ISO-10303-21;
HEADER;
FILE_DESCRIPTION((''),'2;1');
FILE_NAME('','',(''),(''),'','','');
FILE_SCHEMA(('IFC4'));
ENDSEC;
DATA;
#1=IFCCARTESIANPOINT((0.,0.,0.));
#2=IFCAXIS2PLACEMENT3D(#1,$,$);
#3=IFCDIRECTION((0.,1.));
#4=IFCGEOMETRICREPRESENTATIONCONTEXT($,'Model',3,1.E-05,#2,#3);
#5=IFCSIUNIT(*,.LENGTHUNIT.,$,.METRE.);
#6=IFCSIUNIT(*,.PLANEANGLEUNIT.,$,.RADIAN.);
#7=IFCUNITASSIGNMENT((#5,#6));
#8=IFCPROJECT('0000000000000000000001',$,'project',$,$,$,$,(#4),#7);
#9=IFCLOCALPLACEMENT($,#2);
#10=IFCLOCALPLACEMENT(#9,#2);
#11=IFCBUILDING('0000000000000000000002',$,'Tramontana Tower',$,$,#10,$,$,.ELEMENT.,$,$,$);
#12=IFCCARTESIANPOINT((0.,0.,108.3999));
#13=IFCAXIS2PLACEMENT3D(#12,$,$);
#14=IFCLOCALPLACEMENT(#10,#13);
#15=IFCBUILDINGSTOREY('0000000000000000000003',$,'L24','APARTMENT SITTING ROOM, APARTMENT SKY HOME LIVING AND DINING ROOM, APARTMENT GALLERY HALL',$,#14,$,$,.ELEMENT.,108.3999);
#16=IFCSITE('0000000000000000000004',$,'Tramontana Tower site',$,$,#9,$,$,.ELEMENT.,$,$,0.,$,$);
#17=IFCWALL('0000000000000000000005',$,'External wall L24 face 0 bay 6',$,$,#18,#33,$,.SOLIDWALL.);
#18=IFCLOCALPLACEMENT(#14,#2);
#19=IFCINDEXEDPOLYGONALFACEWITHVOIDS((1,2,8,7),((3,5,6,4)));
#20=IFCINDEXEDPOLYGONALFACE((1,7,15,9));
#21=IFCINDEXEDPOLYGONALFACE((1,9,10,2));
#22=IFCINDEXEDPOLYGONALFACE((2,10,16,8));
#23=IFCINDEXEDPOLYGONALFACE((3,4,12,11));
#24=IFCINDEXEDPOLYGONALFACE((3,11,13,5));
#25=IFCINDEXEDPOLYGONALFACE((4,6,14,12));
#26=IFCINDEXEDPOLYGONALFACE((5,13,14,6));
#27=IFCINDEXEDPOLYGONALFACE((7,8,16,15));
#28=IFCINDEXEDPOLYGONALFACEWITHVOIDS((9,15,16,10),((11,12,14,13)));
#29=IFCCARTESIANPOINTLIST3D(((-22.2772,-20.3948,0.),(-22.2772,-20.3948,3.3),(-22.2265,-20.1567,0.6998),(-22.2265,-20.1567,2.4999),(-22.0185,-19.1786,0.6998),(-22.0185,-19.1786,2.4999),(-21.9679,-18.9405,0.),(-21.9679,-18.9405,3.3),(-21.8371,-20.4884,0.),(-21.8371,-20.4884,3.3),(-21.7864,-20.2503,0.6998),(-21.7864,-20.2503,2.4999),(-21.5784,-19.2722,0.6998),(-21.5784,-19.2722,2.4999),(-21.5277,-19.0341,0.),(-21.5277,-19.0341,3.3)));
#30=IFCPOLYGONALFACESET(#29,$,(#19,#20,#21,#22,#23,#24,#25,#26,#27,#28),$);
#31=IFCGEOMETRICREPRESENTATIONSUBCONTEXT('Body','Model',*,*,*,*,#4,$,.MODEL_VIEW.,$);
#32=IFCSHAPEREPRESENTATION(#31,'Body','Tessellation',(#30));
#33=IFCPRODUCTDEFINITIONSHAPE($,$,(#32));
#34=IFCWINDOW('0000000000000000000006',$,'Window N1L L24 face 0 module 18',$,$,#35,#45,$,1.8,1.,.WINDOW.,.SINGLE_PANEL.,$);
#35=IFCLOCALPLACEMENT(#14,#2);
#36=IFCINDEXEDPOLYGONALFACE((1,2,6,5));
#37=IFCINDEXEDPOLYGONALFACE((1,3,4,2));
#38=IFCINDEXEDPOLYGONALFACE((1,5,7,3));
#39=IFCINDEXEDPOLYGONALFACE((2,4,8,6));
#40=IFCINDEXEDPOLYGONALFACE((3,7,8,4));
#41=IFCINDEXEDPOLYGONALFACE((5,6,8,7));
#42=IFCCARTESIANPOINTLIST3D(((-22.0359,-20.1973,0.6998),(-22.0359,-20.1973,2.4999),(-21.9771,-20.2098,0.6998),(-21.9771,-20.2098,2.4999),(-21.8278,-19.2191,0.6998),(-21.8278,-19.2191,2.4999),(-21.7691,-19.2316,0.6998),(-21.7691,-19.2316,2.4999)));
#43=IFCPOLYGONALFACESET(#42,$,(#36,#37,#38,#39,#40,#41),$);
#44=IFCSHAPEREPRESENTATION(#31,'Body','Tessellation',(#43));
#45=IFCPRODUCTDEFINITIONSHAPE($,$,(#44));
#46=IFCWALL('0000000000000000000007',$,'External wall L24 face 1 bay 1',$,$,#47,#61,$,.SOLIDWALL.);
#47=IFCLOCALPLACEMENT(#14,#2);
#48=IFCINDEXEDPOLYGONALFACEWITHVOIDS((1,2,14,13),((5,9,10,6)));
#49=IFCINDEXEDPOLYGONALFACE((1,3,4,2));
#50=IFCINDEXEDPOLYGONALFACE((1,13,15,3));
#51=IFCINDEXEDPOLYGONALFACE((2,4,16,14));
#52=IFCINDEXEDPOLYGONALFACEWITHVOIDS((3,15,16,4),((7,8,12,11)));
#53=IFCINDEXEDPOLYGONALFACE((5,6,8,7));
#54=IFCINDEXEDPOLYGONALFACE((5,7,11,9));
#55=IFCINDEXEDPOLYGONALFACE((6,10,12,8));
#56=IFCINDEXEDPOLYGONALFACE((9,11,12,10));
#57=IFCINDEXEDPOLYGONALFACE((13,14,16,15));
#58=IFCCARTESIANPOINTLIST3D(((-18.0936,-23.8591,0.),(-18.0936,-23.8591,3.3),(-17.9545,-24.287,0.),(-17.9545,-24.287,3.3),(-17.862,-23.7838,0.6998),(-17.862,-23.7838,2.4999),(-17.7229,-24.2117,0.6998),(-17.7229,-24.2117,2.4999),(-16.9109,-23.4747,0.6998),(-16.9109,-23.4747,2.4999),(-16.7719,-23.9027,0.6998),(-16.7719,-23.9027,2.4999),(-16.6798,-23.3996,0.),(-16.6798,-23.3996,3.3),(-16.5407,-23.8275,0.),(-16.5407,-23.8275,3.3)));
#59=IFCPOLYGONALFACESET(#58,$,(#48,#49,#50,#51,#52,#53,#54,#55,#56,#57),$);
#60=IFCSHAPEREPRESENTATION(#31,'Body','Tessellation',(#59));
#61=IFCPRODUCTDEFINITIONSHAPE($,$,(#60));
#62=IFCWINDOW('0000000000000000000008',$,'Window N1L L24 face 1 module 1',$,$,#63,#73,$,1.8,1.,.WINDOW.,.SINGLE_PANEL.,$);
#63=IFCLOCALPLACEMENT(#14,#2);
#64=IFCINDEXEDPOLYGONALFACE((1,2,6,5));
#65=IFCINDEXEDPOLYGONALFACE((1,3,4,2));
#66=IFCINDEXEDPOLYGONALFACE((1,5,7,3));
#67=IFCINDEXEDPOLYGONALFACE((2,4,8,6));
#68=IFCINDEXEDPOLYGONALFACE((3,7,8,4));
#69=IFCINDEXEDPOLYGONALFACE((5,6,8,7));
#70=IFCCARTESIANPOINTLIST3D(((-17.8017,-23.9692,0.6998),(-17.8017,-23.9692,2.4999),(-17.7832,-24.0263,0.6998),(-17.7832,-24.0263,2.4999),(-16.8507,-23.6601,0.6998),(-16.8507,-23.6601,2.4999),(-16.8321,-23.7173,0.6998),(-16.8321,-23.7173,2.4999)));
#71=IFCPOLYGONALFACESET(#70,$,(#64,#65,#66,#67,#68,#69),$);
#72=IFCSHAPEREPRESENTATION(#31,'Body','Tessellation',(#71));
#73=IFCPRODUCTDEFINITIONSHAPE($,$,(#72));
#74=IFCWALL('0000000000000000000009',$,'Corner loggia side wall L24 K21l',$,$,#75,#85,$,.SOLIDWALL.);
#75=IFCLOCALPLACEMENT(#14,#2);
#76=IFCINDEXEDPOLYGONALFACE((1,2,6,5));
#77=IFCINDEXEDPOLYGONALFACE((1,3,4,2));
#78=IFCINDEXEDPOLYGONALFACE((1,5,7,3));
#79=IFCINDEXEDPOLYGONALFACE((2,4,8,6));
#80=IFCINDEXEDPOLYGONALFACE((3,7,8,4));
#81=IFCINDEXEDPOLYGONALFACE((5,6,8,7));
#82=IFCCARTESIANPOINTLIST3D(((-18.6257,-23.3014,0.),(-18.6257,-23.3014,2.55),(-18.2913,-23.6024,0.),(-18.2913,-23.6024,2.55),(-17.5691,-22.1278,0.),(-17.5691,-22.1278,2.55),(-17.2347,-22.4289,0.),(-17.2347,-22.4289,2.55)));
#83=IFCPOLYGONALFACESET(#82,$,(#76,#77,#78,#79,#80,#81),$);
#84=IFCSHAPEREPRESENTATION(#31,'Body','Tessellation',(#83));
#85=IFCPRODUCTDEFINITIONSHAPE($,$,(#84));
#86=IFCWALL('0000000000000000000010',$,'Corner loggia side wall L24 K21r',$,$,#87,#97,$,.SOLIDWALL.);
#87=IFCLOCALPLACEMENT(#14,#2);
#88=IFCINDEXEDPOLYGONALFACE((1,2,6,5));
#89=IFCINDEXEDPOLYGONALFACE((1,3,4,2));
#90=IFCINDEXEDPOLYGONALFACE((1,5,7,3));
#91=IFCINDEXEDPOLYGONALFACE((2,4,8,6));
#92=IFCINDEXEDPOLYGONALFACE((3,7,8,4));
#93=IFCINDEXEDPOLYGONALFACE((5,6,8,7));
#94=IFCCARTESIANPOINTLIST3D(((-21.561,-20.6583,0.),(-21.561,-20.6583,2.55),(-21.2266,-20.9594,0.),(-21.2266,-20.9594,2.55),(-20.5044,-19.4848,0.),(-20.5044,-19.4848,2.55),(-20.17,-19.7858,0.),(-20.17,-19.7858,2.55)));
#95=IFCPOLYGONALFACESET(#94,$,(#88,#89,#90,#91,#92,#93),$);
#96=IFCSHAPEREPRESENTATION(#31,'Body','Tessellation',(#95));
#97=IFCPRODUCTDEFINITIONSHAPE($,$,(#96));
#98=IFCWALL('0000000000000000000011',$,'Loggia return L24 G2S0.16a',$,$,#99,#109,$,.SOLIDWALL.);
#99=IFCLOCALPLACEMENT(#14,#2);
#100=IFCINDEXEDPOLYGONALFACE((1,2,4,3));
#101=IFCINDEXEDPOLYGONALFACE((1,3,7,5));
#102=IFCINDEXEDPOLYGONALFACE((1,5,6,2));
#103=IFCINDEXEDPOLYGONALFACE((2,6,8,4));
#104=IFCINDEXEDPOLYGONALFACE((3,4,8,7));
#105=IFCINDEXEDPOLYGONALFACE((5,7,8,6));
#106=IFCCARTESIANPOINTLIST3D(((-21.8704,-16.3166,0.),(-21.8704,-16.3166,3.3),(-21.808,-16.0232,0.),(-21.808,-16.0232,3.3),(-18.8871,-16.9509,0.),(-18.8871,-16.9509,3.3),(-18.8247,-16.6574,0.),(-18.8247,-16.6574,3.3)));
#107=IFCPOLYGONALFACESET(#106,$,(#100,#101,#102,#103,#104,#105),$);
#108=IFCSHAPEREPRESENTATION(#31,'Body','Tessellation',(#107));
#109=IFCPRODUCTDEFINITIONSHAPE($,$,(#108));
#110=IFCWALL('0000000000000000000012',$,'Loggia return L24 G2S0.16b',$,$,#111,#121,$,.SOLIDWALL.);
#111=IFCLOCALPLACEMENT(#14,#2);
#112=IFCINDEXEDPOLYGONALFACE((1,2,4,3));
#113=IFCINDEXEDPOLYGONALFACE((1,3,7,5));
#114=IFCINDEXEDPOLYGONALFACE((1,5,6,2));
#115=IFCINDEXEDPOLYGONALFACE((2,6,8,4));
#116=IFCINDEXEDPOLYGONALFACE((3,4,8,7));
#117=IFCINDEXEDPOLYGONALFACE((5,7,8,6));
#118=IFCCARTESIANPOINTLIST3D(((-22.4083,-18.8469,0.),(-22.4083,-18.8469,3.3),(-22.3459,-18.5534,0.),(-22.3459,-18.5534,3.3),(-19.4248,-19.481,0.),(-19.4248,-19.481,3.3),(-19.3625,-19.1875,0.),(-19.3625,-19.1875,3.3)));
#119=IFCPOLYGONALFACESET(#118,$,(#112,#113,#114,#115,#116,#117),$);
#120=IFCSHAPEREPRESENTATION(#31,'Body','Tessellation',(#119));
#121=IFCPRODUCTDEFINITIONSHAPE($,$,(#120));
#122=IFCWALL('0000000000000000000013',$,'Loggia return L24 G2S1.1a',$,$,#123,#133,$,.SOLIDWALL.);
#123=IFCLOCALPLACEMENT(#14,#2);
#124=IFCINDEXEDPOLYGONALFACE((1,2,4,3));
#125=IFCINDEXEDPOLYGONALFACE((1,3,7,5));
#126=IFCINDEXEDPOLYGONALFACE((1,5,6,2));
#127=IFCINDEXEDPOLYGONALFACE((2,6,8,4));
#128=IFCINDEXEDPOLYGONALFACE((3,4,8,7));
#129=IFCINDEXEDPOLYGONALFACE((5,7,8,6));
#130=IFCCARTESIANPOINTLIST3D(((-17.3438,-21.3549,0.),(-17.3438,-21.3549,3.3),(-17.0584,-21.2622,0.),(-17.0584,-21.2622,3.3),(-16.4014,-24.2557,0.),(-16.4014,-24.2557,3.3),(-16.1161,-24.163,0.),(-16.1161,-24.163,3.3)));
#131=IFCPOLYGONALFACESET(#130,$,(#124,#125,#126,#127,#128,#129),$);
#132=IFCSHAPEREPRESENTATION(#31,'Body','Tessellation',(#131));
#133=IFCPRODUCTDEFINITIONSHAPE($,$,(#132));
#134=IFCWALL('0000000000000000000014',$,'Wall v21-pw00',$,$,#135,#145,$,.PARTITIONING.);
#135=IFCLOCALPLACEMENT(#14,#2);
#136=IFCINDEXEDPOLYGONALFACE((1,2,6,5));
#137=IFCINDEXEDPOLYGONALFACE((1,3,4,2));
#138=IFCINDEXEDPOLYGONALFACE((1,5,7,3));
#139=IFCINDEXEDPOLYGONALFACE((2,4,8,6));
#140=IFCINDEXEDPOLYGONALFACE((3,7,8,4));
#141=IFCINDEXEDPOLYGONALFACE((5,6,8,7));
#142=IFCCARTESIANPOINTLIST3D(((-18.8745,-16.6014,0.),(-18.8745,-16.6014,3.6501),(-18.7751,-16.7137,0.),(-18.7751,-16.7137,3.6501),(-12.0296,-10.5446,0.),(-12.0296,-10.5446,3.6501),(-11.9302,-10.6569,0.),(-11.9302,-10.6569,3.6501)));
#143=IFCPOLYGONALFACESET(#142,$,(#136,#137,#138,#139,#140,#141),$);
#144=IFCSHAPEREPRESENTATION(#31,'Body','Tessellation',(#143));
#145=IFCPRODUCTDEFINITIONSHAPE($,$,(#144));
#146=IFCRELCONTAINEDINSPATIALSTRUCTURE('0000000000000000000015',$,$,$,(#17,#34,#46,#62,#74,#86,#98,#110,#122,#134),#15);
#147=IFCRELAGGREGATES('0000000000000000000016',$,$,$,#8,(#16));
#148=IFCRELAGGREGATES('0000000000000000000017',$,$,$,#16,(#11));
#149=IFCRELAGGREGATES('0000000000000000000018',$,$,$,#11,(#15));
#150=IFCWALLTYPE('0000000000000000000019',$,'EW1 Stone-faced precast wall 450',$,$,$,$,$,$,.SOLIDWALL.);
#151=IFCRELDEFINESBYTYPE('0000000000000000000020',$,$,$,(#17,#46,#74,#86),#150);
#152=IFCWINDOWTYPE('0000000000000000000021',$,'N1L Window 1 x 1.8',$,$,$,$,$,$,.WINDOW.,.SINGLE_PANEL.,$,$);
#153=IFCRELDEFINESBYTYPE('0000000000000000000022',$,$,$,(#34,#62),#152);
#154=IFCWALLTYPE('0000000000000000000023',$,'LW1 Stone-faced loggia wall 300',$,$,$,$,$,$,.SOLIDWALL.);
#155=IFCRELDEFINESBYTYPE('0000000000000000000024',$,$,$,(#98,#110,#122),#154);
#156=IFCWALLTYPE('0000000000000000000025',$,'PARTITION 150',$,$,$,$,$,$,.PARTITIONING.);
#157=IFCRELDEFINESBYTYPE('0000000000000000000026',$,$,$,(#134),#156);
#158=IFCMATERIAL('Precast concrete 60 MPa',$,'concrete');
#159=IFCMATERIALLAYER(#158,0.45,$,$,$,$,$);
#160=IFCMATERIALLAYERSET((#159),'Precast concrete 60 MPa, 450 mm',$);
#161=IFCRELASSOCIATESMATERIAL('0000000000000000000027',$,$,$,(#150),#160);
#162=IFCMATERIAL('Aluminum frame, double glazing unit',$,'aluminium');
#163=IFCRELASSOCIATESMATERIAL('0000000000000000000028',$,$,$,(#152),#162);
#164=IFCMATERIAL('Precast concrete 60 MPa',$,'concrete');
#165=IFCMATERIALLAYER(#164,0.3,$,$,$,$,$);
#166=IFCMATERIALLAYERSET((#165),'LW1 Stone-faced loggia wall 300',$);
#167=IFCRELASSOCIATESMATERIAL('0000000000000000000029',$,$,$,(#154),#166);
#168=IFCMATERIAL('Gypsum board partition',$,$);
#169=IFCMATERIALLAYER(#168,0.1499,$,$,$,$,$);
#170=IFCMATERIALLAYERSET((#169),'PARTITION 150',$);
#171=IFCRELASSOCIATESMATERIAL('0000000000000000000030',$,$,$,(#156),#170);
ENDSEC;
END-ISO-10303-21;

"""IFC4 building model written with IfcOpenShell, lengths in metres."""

from ifc_helpers import new_model, si_unit, direction, frame, frame_2d, origin, place, context, subcontext, project, spatial, rectangle, extrude, material, layer, layer_set, type_object, element, fill, save


model = new_model("IFC4")

# Units and contexts
model_context = context("Model", 3, precision=1e-05, world=origin(), true_north=direction((0.0, 1.0)))
body_context = subcontext(model_context, "Body", "Model", "MODEL_VIEW")
ifc_project = project(units=[si_unit("LENGTHUNIT", "METRE"), si_unit("PLANEANGLEUNIT", "RADIAN")], contexts=[model_context])

# Site, building, storey
site_placement = place(None, origin())
site = spatial("IfcSite", under=ifc_project, at=site_placement, Name="Tramontana Tower site", CompositionType="ELEMENT", RefElevation=0.0)
building_placement = place(site_placement, origin())
building = spatial("IfcBuilding", under=site, at=building_placement, Name="Tramontana Tower", CompositionType="ELEMENT")
storey_placement = place(building_placement, frame((0.0, 0.0, 108.3999)))
storey = spatial("IfcBuildingStorey", under=building, at=storey_placement, Name="L24", Description="APARTMENT SITTING ROOM, APARTMENT SKY HOME LIVING AND DINING ROOM, APARTMENT GALLERY HALL", CompositionType="ELEMENT", Elevation=108.3999)

# Walls, openings, windows
ifc_material_1 = material(Name="Precast concrete 60 MPa", Category="concrete")
ifc_layer_1 = layer(ifc_material_1, 0.45)
ifc_layer_set_1 = layer_set([ifc_layer_1], Name="Precast concrete 60 MPa, 450 mm")
wall_type_1 = type_object("IfcWallType", Name="EW1 Stone-faced precast wall 450", PredefinedType="SOLIDWALL", material=ifc_layer_set_1)
wall_1_placement = place(storey_placement, frame((-21.7478, -18.9873, 0.0), z_axis=(0.0, 0.0, 1.0), x_axis=(-0.208037, -0.978121, 0.0)))
wall_1 = element("IfcWall", 1, at=wall_1_placement, inside=storey, type_object=wall_type_1, Name="External wall L24 face 0 bay 6", PredefinedType="SOLIDWALL", context=body_context, shape_type="SweptSolid", body=[
    extrude(rectangle(XDim=1.4868, YDim=0.45, at=frame_2d((0.7434, 0.0))), origin(), (0.0, 0.0, 1.0), 3.3),
])
opening_1_placement = place(wall_1_placement, frame((0.2434, 0.0, 0.7)))
opening_1 = element("IfcOpeningElement", 2, at=opening_1_placement, cuts=wall_1, PredefinedType="OPENING", context=body_context, shape_type="SweptSolid", body=[
    extrude(rectangle(XDim=1.0, YDim=1.8, at=frame_2d((0.5, 0.8999))), frame((0.0, 0.2349, 0.0), z_axis=(0.0, -1.0, 0.0), x_axis=(1.0, 0.0, 0.0)), (0.0, 0.0, 1.0), 0.47),
])
ifc_material_2 = material(Name="Aluminum frame, double glazing unit", Category="aluminium")
window_type_1 = type_object("IfcWindowType", Name="N1L Window 1 x 1.8", PartitioningType="SINGLE_PANEL", PredefinedType="WINDOW", material=ifc_material_2)
window_1_placement = place(opening_1_placement, origin())
window_1 = element("IfcWindow", 3, at=window_1_placement, inside=storey, type_object=window_type_1, Name="Window N1L L24 face 0 module 18", OverallHeight=1.8, OverallWidth=1.0, PartitioningType="SINGLE_PANEL", PredefinedType="WINDOW", context=body_context, shape_type="SweptSolid", body=[
    extrude(rectangle(XDim=1.0, YDim=1.8, at=frame_2d((0.5, 0.8999))), frame((0.0, 0.03, 0.0), z_axis=(0.0, -1.0, 0.0), x_axis=(1.0, 0.0, 0.0)), (0.0, 0.0, 1.0), 0.0601),
])
fill(opening_1, window_1)
wall_2_placement = place(storey_placement, frame((-18.0239, -24.073, 0.0), z_axis=(0.0, 0.0, 1.0), x_axis=(0.951038, 0.309075, 0.0)))
wall_2 = element("IfcWall", 4, at=wall_2_placement, inside=storey, type_object=wall_type_1, Name="External wall L24 face 1 bay 1", PredefinedType="SOLIDWALL", context=body_context, shape_type="SweptSolid", body=[
    extrude(rectangle(XDim=1.4866, YDim=0.45, at=frame_2d((0.7432, 0.0))), origin(), (0.0, 0.0, 1.0), 3.3),
])
opening_2_placement = place(wall_2_placement, frame((0.2434, 0.0, 0.7)))
opening_2 = element("IfcOpeningElement", 5, at=opening_2_placement, cuts=wall_2, PredefinedType="OPENING", context=body_context, shape_type="SweptSolid", body=[
    extrude(rectangle(XDim=1.0, YDim=1.8, at=frame_2d((0.5, 0.8999))), frame((0.0, 0.2349, 0.0), z_axis=(0.0, -1.0, 0.0), x_axis=(1.0, 0.0, 0.0)), (0.0, 0.0, 1.0), 0.47),
])
window_2_placement = place(opening_2_placement, origin())
window_2 = element("IfcWindow", 6, at=window_2_placement, inside=storey, type_object=window_type_1, Name="Window N1L L24 face 1 module 1", OverallHeight=1.8, OverallWidth=1.0, PartitioningType="SINGLE_PANEL", PredefinedType="WINDOW", context=body_context, shape_type="SweptSolid", body=[
    extrude(rectangle(XDim=1.0, YDim=1.8, at=frame_2d((0.5, 0.8999))), frame((0.0, 0.03, 0.0), z_axis=(0.0, -1.0, 0.0), x_axis=(1.0, 0.0, 0.0)), (0.0, 0.0, 1.0), 0.0601),
])
fill(opening_2, window_2)

# Walls
for number, where, z_axis, x_axis, name in (
    (7, (-18.4585, -23.4519, 0.0), (0.0, 0.0, 1.0), (0.66911, 0.743163, 0.0), "Corner loggia side wall L24 K21l"),
    (8, (-21.3938, -20.8088, 0.0), (0.0, 0.0, 1.0), (0.66911, 0.743163, 0.0), "Corner loggia side wall L24 K21r"),
):
    element("IfcWall", number, at=place(storey_placement, frame(where, z_axis=z_axis, x_axis=x_axis)), inside=storey, type_object=wall_type_1, Name=name, PredefinedType="SOLIDWALL", context=body_context, shape_type="SweptSolid", body=[
        extrude(rectangle(XDim=1.5791, YDim=0.45, at=frame_2d((0.7896, 0.0))), origin(), (0.0, 0.0, 1.0), 2.55),
    ])

# Shared definitions
ifc_material_3 = material(Name="Precast concrete 60 MPa", Category="concrete")
ifc_layer_2 = layer(ifc_material_3, 0.3)
ifc_layer_set_2 = layer_set([ifc_layer_2], Name="LW1 Stone-faced loggia wall 300")
wall_type_2 = type_object("IfcWallType", Name="LW1 Stone-faced loggia wall 300", PredefinedType="SOLIDWALL", material=ifc_layer_set_2)

# Walls
for number, where, z_axis, x_axis, name in (
    (9, (-21.8391, -16.1699, 0.0), (0.0, 0.0, 1.0), (0.978139, -0.207954, 0.0), "Loggia return L24 G2S0.16a"),
    (10, (-22.377, -18.7002, 0.0), (0.0, 0.0, 1.0), (0.978155, -0.207878, 0.0), "Loggia return L24 G2S0.16b"),
):
    element("IfcWall", number, at=place(storey_placement, frame(where, z_axis=z_axis, x_axis=x_axis)), inside=storey, type_object=wall_type_2, Name=name, PredefinedType="SOLIDWALL", context=body_context, shape_type="SweptSolid", body=[
        extrude(rectangle(XDim=3.05, YDim=0.3, at=frame_2d((1.5249, 0.0))), origin(), (0.0, 0.0, 1.0), 3.3),
    ])

# Walls
wall_3_placement = place(storey_placement, frame((-16.2588, -24.2092, 0.0), z_axis=(0.0, 0.0, 1.0), x_axis=(-0.308967, 0.951073, 0.0)))
element("IfcWall", 11, at=wall_3_placement, inside=storey, type_object=wall_type_2, Name="Loggia return L24 G2S1.1a", PredefinedType="SOLIDWALL", context=body_context, shape_type="SweptSolid", body=[
    extrude(rectangle(XDim=3.05, YDim=0.3, at=frame_2d((1.5249, 0.0))), origin(), (0.0, 0.0, 1.0), 3.3),
])
ifc_material_4 = material(Name="Gypsum board partition")
ifc_layer_3 = layer(ifc_material_4, 0.1499)
ifc_layer_set_3 = layer_set([ifc_layer_3], Name="PARTITION 150")
wall_type_3 = type_object("IfcWallType", Name="PARTITION 150", PredefinedType="PARTITIONING", material=ifc_layer_set_3)
wall_4_placement = place(storey_placement, frame((-18.8247, -16.6575, 0.0), z_axis=(0.0, 0.0, 1.0), x_axis=(0.748903, 0.662679, 0.0)))
element("IfcWall", 12, at=wall_4_placement, inside=storey, type_object=wall_type_3, Name="Wall v21-pw00", PredefinedType="PARTITIONING", context=body_context, shape_type="SweptSolid", body=[
    extrude(rectangle(XDim=9.1399, YDim=0.1499, at=frame_2d((4.5698, 0.0))), origin(), (0.0, 0.0, 1.0), 3.6501),
])

save(model, "model.ifc")
